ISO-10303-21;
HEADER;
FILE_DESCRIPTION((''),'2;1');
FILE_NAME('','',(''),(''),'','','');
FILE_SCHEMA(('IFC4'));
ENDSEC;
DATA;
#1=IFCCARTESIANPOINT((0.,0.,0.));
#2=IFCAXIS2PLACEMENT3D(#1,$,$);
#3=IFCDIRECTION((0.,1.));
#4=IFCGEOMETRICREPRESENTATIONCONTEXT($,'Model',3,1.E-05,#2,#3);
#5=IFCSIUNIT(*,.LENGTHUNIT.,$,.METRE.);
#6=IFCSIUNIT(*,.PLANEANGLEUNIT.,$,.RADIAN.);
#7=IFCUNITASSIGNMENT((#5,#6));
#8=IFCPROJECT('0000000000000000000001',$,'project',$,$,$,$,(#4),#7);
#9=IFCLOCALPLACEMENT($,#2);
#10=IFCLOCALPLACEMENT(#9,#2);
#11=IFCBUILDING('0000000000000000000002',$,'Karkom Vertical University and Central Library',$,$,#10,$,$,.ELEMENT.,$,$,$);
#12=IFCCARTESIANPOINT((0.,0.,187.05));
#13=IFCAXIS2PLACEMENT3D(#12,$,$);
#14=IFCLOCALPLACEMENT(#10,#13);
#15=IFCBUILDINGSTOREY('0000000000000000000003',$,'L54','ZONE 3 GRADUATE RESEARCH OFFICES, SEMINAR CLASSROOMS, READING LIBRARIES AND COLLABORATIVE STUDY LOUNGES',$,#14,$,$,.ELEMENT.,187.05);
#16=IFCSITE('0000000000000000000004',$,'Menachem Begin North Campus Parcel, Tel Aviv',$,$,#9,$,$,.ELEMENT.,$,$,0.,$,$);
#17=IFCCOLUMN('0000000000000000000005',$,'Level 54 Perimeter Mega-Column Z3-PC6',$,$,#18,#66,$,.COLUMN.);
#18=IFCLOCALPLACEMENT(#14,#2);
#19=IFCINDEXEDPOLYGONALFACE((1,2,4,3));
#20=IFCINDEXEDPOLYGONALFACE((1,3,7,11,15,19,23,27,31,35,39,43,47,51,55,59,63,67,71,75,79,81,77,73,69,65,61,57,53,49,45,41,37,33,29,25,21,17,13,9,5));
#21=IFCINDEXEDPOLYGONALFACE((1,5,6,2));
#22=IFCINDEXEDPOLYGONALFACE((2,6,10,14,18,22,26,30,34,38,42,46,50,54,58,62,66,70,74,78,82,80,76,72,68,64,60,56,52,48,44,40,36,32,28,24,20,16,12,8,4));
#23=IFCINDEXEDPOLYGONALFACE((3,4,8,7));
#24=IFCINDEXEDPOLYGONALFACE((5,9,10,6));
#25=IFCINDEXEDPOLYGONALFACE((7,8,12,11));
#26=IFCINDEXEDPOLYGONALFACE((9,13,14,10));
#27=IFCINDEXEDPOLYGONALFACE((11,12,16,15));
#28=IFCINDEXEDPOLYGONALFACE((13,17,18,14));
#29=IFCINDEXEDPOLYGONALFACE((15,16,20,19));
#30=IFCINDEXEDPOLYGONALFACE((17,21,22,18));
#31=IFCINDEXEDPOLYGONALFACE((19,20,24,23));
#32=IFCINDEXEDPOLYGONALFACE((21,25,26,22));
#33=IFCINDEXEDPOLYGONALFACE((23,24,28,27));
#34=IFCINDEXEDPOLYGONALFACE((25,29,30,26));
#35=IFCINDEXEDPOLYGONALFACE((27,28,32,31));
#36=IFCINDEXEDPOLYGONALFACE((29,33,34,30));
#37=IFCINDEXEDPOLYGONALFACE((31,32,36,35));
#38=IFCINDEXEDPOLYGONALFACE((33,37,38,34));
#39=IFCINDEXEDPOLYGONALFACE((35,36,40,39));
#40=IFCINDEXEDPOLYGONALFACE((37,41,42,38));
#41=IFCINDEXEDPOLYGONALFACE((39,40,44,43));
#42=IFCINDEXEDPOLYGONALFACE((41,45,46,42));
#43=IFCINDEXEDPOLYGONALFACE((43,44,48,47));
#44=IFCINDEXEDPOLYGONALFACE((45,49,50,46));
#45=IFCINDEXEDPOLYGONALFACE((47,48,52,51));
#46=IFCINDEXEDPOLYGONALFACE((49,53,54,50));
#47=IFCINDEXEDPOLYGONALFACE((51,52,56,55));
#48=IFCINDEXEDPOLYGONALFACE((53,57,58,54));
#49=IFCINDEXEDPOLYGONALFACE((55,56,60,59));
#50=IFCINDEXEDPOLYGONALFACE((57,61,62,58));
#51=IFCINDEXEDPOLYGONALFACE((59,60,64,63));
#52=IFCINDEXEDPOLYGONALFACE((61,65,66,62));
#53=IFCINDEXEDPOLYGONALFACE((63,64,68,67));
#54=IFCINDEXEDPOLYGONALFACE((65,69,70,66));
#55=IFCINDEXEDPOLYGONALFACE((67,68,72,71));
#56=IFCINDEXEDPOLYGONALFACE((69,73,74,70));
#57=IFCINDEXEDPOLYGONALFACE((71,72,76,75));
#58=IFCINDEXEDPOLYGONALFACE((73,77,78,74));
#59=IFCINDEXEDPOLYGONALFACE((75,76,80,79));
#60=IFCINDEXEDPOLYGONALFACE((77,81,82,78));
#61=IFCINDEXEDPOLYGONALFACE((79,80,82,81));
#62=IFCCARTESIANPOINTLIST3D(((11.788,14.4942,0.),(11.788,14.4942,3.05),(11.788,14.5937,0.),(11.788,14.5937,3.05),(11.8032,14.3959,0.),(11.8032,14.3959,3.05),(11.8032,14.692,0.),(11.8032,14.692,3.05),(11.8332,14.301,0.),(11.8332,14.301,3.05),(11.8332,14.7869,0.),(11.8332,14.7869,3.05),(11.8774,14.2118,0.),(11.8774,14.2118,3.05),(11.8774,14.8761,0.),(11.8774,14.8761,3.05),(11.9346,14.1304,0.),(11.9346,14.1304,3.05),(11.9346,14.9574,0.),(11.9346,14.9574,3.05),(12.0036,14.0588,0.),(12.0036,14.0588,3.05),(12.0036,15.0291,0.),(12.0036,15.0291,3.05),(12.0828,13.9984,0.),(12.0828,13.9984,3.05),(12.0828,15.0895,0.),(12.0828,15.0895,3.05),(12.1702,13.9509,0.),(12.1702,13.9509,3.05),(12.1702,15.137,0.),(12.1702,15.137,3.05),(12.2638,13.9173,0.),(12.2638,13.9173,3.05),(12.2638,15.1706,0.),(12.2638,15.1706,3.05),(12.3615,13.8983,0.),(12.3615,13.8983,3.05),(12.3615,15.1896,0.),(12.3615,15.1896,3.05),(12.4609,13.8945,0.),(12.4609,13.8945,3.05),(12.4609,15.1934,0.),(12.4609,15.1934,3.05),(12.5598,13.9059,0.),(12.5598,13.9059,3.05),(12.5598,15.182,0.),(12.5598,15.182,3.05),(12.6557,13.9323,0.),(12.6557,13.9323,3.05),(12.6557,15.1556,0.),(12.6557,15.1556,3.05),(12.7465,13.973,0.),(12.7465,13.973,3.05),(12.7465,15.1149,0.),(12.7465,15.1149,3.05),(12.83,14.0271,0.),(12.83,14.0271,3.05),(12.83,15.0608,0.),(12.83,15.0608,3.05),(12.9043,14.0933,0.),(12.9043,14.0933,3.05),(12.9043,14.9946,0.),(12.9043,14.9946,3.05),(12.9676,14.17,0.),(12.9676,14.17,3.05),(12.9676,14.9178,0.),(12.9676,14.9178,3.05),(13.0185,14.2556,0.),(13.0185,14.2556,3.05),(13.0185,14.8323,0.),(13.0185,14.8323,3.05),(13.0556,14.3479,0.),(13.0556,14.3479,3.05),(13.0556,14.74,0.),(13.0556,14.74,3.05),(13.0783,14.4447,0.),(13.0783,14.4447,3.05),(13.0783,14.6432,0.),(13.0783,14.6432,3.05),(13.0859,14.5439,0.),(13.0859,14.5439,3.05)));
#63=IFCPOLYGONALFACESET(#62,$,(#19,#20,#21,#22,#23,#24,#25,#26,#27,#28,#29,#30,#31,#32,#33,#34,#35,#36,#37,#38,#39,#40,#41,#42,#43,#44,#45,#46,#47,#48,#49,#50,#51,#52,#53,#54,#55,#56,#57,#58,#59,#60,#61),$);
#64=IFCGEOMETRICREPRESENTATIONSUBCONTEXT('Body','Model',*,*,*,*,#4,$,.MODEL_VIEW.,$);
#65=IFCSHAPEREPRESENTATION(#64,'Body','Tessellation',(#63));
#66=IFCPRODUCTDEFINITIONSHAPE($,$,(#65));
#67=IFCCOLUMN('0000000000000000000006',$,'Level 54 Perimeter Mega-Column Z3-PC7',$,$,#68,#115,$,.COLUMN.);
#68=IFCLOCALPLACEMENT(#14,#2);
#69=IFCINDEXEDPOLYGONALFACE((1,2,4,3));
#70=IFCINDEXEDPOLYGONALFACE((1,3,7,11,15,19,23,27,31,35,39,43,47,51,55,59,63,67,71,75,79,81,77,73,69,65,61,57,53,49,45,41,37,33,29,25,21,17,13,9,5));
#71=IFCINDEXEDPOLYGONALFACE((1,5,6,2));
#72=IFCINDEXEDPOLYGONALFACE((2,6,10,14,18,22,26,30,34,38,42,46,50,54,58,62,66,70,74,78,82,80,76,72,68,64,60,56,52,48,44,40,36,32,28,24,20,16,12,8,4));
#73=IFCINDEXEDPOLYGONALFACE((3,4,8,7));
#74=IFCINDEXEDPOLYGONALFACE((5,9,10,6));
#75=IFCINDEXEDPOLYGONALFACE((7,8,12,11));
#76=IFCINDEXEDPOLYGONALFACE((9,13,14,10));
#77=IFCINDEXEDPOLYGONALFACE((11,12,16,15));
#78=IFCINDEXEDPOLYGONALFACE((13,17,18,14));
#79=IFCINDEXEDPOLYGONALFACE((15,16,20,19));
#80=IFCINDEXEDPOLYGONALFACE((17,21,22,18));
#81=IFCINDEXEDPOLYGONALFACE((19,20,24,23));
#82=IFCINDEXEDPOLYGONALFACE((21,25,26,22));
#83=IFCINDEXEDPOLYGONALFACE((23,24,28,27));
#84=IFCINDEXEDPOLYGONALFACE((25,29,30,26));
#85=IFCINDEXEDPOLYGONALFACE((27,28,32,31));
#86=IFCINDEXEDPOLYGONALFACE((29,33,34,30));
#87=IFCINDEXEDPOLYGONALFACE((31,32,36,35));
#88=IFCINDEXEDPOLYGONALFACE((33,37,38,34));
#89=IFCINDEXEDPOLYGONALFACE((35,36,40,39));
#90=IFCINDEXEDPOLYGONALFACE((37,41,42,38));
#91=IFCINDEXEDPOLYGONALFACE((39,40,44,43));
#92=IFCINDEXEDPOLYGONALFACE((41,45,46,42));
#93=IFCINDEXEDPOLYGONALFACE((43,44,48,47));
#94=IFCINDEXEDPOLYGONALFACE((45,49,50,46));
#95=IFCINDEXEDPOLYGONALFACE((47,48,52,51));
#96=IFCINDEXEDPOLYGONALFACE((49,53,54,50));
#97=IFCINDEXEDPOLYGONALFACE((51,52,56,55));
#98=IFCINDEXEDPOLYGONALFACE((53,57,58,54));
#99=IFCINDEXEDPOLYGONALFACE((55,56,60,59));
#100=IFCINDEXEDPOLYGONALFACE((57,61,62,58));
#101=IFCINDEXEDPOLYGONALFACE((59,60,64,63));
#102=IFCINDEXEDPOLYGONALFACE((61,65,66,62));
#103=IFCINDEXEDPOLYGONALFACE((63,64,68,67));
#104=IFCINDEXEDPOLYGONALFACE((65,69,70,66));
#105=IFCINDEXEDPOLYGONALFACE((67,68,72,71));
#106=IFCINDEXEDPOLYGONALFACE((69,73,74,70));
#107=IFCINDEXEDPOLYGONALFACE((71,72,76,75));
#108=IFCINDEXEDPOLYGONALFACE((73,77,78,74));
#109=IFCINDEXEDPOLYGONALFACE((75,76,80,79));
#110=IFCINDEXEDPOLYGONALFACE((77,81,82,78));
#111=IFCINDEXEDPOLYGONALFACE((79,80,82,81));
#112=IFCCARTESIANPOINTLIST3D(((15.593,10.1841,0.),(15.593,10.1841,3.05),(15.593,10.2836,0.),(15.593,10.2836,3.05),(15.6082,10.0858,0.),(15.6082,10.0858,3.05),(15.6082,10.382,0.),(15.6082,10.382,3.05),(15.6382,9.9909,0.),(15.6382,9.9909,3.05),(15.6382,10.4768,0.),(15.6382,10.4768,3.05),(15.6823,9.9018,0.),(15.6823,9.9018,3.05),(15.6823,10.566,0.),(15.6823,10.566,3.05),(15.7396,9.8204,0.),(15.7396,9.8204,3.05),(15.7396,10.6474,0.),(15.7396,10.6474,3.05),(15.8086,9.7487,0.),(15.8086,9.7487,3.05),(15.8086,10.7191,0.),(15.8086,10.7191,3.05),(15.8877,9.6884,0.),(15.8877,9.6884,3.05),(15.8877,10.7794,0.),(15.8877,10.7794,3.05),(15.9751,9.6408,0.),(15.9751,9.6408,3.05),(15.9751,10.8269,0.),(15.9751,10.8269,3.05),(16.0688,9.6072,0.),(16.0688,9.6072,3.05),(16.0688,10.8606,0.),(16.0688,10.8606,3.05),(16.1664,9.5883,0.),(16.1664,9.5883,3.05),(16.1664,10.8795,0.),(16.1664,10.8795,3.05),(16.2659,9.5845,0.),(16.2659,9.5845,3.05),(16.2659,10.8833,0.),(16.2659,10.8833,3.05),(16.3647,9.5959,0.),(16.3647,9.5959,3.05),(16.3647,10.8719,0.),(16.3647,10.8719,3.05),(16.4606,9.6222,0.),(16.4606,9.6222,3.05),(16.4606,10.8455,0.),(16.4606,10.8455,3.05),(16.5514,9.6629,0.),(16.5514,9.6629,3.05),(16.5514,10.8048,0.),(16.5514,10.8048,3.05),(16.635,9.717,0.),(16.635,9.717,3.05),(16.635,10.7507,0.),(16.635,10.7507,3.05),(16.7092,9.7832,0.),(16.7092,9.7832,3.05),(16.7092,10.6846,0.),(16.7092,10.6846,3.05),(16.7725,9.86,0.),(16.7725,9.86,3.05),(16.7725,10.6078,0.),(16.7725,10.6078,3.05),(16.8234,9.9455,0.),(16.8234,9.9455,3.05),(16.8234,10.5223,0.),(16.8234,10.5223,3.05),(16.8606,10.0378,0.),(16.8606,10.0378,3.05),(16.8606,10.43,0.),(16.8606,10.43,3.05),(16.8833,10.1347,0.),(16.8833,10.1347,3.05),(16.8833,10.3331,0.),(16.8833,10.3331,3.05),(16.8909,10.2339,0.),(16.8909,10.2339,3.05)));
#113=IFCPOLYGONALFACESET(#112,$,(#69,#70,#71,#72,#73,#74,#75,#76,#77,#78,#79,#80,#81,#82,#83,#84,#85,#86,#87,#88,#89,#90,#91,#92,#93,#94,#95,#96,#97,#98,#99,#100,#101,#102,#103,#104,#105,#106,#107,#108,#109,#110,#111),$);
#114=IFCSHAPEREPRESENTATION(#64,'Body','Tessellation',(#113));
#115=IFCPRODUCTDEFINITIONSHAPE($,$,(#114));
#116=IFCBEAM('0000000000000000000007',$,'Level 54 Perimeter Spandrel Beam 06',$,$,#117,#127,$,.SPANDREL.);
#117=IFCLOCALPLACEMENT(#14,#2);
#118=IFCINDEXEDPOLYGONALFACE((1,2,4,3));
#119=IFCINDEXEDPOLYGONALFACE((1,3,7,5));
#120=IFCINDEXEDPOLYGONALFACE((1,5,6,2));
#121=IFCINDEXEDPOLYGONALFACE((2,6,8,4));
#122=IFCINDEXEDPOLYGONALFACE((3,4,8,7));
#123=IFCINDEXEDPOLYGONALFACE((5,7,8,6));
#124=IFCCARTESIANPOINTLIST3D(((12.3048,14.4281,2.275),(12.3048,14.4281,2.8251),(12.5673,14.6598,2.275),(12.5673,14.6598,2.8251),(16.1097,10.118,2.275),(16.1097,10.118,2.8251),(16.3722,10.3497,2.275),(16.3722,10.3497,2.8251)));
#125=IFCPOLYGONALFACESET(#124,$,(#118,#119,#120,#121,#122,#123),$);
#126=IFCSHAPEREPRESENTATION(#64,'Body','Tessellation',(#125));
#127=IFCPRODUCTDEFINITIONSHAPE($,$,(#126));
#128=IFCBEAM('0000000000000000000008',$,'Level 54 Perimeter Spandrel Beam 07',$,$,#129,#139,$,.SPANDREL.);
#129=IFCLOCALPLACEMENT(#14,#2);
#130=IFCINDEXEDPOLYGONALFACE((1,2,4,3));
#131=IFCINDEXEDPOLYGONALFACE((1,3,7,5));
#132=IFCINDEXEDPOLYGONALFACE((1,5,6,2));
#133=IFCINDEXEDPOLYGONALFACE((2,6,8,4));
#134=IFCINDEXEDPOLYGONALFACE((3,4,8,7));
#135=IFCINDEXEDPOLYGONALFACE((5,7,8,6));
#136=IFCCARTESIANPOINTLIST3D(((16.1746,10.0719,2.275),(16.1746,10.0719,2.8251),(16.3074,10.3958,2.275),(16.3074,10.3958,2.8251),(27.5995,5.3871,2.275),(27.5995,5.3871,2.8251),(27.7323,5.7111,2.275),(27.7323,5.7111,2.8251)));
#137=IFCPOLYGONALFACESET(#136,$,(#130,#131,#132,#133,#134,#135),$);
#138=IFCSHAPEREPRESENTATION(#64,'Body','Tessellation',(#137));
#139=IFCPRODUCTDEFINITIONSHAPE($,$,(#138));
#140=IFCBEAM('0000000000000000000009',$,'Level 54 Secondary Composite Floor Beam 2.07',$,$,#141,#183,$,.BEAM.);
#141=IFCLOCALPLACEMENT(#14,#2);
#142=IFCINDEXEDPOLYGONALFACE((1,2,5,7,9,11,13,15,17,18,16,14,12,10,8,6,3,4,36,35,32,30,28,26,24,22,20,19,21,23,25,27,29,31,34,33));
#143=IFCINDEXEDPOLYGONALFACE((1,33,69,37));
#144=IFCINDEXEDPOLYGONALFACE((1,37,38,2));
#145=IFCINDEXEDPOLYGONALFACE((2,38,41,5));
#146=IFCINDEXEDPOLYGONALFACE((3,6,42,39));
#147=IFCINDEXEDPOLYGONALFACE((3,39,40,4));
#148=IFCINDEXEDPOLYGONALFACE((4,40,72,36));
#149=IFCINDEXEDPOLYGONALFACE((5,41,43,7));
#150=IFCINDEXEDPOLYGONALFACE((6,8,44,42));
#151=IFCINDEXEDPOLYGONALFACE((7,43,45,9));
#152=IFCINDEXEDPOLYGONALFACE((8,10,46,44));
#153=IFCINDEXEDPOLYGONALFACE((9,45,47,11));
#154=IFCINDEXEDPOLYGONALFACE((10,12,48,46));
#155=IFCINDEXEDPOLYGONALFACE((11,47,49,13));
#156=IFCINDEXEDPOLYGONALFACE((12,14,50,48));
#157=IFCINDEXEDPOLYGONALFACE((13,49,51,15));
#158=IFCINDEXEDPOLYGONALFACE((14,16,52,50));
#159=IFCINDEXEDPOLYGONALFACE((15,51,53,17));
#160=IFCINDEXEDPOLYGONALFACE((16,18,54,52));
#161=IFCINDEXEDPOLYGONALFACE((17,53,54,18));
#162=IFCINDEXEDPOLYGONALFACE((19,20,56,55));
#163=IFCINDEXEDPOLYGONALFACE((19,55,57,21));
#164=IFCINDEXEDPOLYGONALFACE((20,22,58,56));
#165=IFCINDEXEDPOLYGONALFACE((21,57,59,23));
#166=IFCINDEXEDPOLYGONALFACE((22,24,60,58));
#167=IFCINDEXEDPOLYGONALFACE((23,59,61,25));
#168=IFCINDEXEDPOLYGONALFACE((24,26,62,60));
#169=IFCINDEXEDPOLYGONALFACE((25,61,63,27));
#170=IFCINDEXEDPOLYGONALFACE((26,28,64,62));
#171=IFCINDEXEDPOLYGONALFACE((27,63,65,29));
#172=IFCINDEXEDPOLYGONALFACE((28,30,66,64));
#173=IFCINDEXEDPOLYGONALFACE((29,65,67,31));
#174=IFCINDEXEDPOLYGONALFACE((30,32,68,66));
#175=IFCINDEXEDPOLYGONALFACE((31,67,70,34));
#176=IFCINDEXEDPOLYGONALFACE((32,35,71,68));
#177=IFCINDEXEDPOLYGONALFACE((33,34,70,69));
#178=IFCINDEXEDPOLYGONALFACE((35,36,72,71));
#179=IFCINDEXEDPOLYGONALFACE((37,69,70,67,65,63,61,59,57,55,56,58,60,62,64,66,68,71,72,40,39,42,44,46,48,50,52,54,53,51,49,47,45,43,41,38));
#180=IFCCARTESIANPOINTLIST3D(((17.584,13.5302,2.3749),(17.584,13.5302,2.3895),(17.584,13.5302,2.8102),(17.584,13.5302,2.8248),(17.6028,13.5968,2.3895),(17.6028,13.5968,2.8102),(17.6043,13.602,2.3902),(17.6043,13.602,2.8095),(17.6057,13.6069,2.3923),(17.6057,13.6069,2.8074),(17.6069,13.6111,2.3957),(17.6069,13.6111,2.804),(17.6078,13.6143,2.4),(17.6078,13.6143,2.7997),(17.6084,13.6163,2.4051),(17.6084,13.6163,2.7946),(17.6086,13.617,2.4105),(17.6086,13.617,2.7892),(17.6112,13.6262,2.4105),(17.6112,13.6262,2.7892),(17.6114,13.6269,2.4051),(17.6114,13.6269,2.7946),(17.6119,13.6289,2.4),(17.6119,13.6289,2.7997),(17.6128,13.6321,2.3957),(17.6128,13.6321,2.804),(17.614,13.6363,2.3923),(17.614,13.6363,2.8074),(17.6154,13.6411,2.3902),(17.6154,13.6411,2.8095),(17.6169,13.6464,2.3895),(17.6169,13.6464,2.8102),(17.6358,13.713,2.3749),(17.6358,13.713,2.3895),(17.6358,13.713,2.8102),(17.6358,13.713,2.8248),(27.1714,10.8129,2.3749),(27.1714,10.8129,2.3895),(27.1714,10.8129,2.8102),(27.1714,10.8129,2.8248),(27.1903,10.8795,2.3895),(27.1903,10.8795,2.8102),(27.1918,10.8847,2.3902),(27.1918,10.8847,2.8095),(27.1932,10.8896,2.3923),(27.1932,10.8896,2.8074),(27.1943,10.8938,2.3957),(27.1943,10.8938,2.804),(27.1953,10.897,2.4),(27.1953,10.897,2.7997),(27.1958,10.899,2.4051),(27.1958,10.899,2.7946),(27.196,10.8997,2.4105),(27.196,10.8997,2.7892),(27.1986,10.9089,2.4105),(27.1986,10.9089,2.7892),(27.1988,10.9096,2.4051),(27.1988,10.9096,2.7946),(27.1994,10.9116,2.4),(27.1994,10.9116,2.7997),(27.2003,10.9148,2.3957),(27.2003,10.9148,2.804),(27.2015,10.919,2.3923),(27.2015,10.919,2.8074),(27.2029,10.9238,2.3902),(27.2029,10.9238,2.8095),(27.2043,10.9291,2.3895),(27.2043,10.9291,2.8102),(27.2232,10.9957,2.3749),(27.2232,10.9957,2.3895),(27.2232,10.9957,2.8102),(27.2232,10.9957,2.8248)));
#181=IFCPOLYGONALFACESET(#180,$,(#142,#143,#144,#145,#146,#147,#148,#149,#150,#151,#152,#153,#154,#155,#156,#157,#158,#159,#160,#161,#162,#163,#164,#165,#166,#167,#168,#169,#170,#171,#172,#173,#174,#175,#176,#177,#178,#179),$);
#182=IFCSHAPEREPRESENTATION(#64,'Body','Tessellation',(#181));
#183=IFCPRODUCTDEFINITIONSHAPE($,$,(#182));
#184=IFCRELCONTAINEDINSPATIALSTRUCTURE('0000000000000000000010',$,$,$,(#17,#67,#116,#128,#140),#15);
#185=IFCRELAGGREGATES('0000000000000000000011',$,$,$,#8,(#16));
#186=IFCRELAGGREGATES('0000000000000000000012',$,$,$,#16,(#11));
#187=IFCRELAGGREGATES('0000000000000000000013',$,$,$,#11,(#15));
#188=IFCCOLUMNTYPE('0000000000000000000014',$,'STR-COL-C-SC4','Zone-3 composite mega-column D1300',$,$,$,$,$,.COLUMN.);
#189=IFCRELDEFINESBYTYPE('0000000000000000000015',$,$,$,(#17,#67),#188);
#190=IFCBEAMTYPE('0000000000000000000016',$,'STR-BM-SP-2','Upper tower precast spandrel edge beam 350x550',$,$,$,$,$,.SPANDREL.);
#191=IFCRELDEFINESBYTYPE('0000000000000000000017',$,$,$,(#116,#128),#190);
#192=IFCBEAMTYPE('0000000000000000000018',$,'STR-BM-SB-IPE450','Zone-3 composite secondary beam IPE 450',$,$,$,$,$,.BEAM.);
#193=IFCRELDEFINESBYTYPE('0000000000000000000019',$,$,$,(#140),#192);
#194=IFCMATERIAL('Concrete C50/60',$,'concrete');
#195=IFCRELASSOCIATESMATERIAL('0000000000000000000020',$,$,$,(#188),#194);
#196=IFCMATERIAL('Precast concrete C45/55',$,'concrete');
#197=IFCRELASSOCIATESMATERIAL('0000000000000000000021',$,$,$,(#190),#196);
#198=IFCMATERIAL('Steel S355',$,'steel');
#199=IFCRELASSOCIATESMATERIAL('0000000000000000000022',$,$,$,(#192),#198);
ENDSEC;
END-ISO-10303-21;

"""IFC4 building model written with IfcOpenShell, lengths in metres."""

from ifc_helpers import new_model, si_unit, direction, frame, origin, origin_with_axes, origin_2d, place, context, subcontext, project, spatial, rectangle, circle, i_section, extrude, source, transform, mapped, material, material_profile, profile_set, type_object, element, save


model = new_model("IFC4")

# Units and contexts
model_context = context("Model", 3, precision=1e-05, world=origin(), true_north=direction((0.0, 1.0)))
body_context = subcontext(model_context, "Body", "Model", "MODEL_VIEW")
ifc_project = project(units=[si_unit("LENGTHUNIT", "METRE"), si_unit("PLANEANGLEUNIT", "RADIAN")], contexts=[model_context])

# Site, building, storey
site_placement = place(None, origin())
site = spatial("IfcSite", under=ifc_project, at=site_placement, Name="Menachem Begin North Campus Parcel, Tel Aviv", CompositionType="ELEMENT", RefElevation=0.0)
building_placement = place(site_placement, origin())
building = spatial("IfcBuilding", under=site, at=building_placement, Name="Karkom Vertical University and Central Library", CompositionType="ELEMENT")
storey_placement = place(building_placement, frame((0.0, 0.0, 187.05)))
storey = spatial("IfcBuildingStorey", under=building, at=storey_placement, Name="L54", Description="ZONE 3 GRADUATE RESEARCH OFFICES, SEMINAR CLASSROOMS, READING LIBRARIES AND COLLABORATIVE STUDY LOUNGES", CompositionType="ELEMENT", Elevation=187.05)

# Columns
ifc_material_1 = material(Name="Concrete C50/60", Category="concrete")
ifc_material_profile_1 = material_profile(ifc_material_1, circle(Radius=0.6499, at=origin_2d()), Name="CFT-D1300")
ifc_profile_set_1 = profile_set([ifc_material_profile_1], Name="Concrete C50/60")
column_type = type_object("IfcColumnType", Name="STR-COL-C-SC4", Description="Zone-3 composite mega-column D1300", PredefinedType="COLUMN", material=ifc_profile_set_1)
shared_shape_1 = source(origin_with_axes(), body_context, "Body", "SweptSolid", [
    extrude(circle(Radius=0.6499, at=origin_2d()), origin(), (0.0, 0.0, 1.0), 3.05),
])
for number, where, z_axis, x_axis, name in (
    (1, (12.436, 14.5439, 0.0), (0.0, 0.0, 1.0), (1.0, 0.0, 0.0), "Level 54 Perimeter Mega-Column Z3-PC6"),
    (2, (16.241, 10.2339, 0.0), (0.0, 0.0, 1.0), (1.0, 0.0, 0.0), "Level 54 Perimeter Mega-Column Z3-PC7"),
):
    element("IfcColumn", number, at=place(storey_placement, frame(where, z_axis=z_axis, x_axis=x_axis)), inside=storey, type_object=column_type, Name=name, PredefinedType="COLUMN", context=body_context, shape_type="MappedRepresentation", body=[
        mapped(shared_shape_1, transform((0.0, 0.0, 0.0), scale=1.0)),
    ])

# Beams
ifc_material_2 = material(Name="Precast concrete C45/55", Category="concrete")
ifc_material_profile_2 = material_profile(ifc_material_2, rectangle(XDim=0.3501, YDim=0.55, at=origin_2d()), Name="SPB-350x550")
ifc_profile_set_2 = profile_set([ifc_material_profile_2], Name="Precast concrete C45/55")
beam_type_1 = type_object("IfcBeamType", Name="STR-BM-SP-2", Description="Upper tower precast spandrel edge beam 350x550", PredefinedType="SPANDREL", material=ifc_profile_set_2)
shared_shape_2 = source(origin_with_axes(), body_context, "Body", "SweptSolid", [
    extrude(rectangle(XDim=0.3501, YDim=0.55, at=origin_2d()), origin(), (0.0, 0.0, 1.0), 5.7493),
])
beam_1_placement = place(storey_placement, frame((12.436, 14.5439, 2.55), z_axis=(0.661811, -0.749671, 0.0), x_axis=(0.749671, 0.661811, 0.0)))
element("IfcBeam", 3, at=beam_1_placement, inside=storey, type_object=beam_type_1, Name="Level 54 Perimeter Spandrel Beam 06", PredefinedType="SPANDREL", context=body_context, shape_type="MappedRepresentation", body=[
    mapped(shared_shape_2, transform((0.0, 0.0, 0.0), scale=1.0)),
])
shared_shape_3 = source(origin_with_axes(), body_context, "Body", "SweptSolid", [
    extrude(rectangle(XDim=0.3501, YDim=0.55, at=origin_2d()), origin(), (0.0, 0.0, 1.0), 12.3481),
])
beam_2_placement = place(storey_placement, frame((16.241, 10.2339, 2.55), z_axis=(0.925236, -0.379391, 0.0), x_axis=(0.379391, 0.925236, 0.0)))
element("IfcBeam", 4, at=beam_2_placement, inside=storey, type_object=beam_type_1, Name="Level 54 Perimeter Spandrel Beam 07", PredefinedType="SPANDREL", context=body_context, shape_type="MappedRepresentation", body=[
    mapped(shared_shape_3, transform((0.0, 0.0, 0.0), scale=1.0)),
])
ifc_material_3 = material(Name="Steel S355", Category="steel")
ifc_material_profile_3 = material_profile(ifc_material_3, i_section(OverallWidth=0.1899, OverallDepth=0.45, WebThickness=0.0095, FlangeThickness=0.0146, FilletRadius=0.021, at=origin_2d()), Name="IPE 450")
ifc_profile_set_3 = profile_set([ifc_material_profile_3], Name="Steel S355")
beam_type_2 = type_object("IfcBeamType", Name="STR-BM-SB-IPE450", Description="Zone-3 composite secondary beam IPE 450", PredefinedType="BEAM", material=ifc_profile_set_3)
shared_shape_4 = source(origin_with_axes(), body_context, "Body", "SweptSolid", [
    extrude(i_section(OverallWidth=0.1899, OverallDepth=0.45, WebThickness=0.0095, FlangeThickness=0.0146, FilletRadius=0.021, at=origin_2d()), origin(), (0.0, 0.0, 1.0), 9.9651),
])
beam_3_placement = place(storey_placement, frame((17.6099, 13.6216, 2.5999), z_axis=(0.962104, -0.272682, 0.0), x_axis=(0.272682, 0.962104, 0.0)))
element("IfcBeam", 5, at=beam_3_placement, inside=storey, type_object=beam_type_2, Name="Level 54 Secondary Composite Floor Beam 2.07", PredefinedType="BEAM", context=body_context, shape_type="MappedRepresentation", body=[
    mapped(shared_shape_4, transform((0.0, 0.0, 0.0), scale=1.0)),
])

save(model, "model.ifc")
